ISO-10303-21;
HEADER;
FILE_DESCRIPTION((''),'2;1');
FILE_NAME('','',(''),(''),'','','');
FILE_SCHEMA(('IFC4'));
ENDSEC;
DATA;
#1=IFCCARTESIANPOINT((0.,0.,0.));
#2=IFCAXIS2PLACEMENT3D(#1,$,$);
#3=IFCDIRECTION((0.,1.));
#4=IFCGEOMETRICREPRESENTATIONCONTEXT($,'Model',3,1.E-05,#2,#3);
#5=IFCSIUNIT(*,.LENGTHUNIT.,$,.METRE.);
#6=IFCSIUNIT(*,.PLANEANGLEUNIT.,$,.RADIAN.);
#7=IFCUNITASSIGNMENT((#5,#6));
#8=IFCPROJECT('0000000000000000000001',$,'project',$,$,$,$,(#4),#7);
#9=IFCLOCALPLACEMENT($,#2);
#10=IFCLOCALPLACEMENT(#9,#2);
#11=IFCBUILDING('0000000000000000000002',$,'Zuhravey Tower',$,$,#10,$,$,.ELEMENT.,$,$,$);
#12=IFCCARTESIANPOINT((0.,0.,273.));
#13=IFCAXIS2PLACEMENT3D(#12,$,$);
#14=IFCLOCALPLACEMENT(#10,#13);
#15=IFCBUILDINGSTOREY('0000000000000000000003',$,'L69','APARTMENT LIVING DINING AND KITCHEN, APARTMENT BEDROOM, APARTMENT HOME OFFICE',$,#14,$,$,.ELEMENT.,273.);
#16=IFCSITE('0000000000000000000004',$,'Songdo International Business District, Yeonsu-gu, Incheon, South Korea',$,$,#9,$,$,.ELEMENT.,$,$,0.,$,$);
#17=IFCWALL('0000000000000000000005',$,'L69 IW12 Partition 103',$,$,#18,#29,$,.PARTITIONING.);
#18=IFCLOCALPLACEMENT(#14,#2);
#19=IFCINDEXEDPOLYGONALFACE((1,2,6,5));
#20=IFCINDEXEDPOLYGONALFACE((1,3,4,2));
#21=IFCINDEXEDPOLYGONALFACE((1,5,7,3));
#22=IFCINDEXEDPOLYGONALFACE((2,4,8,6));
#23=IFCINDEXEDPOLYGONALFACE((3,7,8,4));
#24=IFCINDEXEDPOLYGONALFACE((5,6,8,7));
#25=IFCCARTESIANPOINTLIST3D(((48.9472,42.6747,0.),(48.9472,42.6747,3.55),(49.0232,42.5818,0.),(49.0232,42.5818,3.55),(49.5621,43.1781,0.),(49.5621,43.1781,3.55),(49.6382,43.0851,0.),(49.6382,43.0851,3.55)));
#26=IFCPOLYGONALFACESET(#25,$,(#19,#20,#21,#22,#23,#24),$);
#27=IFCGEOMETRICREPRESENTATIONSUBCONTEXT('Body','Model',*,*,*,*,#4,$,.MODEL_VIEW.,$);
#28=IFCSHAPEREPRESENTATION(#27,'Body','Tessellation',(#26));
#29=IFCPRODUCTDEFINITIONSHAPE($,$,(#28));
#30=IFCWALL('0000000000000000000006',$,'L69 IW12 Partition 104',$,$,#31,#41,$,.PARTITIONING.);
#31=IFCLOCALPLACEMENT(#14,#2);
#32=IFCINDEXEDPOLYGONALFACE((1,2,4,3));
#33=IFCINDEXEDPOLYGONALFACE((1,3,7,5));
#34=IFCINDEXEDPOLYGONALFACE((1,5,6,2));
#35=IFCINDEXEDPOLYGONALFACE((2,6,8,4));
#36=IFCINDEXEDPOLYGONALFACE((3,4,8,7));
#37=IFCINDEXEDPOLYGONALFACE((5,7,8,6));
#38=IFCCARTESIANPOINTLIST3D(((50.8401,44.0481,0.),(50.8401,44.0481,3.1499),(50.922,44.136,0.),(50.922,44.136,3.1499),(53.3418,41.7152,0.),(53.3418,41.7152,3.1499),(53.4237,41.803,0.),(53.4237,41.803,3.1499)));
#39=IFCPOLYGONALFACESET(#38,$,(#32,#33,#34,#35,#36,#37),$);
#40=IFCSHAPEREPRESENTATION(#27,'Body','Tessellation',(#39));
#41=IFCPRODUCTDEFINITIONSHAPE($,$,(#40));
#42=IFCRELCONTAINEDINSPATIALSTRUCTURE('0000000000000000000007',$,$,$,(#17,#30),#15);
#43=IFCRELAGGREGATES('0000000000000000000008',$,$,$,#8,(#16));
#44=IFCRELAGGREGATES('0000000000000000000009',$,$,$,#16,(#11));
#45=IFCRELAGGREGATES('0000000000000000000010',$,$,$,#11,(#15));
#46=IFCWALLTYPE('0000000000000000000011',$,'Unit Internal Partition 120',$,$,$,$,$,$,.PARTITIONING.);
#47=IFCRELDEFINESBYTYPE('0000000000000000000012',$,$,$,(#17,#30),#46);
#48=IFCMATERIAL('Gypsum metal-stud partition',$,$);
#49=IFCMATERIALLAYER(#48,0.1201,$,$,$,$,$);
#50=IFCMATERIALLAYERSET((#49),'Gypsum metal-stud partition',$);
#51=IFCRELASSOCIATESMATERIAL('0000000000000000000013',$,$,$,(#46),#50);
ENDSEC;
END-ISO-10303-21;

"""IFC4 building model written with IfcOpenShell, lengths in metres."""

from ifc_helpers import new_model, si_unit, direction, frame, frame_2d, origin, place, context, subcontext, project, spatial, rectangle, extrude, material, layer, layer_set, type_object, element, save


model = new_model("IFC4")

# Units and contexts
model_context = context("Model", 3, precision=1e-05, world=origin(), true_north=direction((0.0, 1.0)))
body_context = subcontext(model_context, "Body", "Model", "MODEL_VIEW")
ifc_project = project(units=[si_unit("LENGTHUNIT", "METRE"), si_unit("PLANEANGLEUNIT", "RADIAN")], contexts=[model_context])

# Site, building, storey
site_placement = place(None, origin())
site = spatial("IfcSite", under=ifc_project, at=site_placement, Name="Songdo International Business District, Yeonsu-gu, Incheon, South Korea", CompositionType="ELEMENT", RefElevation=0.0)
building_placement = place(site_placement, origin())
building = spatial("IfcBuilding", under=site, at=building_placement, Name="Zuhravey Tower", CompositionType="ELEMENT")
storey_placement = place(building_placement, frame((0.0, 0.0, 273.0)))
storey = spatial("IfcBuildingStorey", under=building, at=storey_placement, Name="L69", Description="APARTMENT LIVING DINING AND KITCHEN, APARTMENT BEDROOM, APARTMENT HOME OFFICE", CompositionType="ELEMENT", Elevation=273.0)

# Shared definitions
ifc_material_1 = material(Name="Gypsum metal-stud partition")
ifc_layer_1 = layer(ifc_material_1, 0.1201)
ifc_layer_set_1 = layer_set([ifc_layer_1], Name="Gypsum metal-stud partition")
wall_type_1 = type_object("IfcWallType", Name="Unit Internal Partition 120", PredefinedType="PARTITIONING", material=ifc_layer_set_1)

# Walls
wall_1_placement = place(storey_placement, frame((48.9851, 42.6282, 0.0), z_axis=(0.0, 0.0, 1.0), x_axis=(0.773807, 0.633422, 0.0)))
element("IfcWall", 1, at=wall_1_placement, inside=storey, type_object=wall_type_1, Name="L69 IW12 Partition 103", PredefinedType="PARTITIONING", context=body_context, shape_type="SweptSolid", body=[
    extrude(rectangle(XDim=0.7947, YDim=0.1201, at=frame_2d((0.3975, 0.0))), origin(), (0.0, 0.0, 1.0), 3.55),
])
wall_2_placement = place(storey_placement, frame((53.3828, 41.759, 0.0), z_axis=(0.0, 0.0, 1.0), x_axis=(-0.731335, 0.682018, 0.0)))
element("IfcWall", 2, at=wall_2_placement, inside=storey, type_object=wall_type_1, Name="L69 IW12 Partition 104", PredefinedType="PARTITIONING", context=body_context, shape_type="SweptSolid", body=[
    extrude(rectangle(XDim=3.4207, YDim=0.1201, at=frame_2d((1.7104, 0.0))), origin(), (0.0, 0.0, 1.0), 3.1499),
])

save(model, "model.ifc")
